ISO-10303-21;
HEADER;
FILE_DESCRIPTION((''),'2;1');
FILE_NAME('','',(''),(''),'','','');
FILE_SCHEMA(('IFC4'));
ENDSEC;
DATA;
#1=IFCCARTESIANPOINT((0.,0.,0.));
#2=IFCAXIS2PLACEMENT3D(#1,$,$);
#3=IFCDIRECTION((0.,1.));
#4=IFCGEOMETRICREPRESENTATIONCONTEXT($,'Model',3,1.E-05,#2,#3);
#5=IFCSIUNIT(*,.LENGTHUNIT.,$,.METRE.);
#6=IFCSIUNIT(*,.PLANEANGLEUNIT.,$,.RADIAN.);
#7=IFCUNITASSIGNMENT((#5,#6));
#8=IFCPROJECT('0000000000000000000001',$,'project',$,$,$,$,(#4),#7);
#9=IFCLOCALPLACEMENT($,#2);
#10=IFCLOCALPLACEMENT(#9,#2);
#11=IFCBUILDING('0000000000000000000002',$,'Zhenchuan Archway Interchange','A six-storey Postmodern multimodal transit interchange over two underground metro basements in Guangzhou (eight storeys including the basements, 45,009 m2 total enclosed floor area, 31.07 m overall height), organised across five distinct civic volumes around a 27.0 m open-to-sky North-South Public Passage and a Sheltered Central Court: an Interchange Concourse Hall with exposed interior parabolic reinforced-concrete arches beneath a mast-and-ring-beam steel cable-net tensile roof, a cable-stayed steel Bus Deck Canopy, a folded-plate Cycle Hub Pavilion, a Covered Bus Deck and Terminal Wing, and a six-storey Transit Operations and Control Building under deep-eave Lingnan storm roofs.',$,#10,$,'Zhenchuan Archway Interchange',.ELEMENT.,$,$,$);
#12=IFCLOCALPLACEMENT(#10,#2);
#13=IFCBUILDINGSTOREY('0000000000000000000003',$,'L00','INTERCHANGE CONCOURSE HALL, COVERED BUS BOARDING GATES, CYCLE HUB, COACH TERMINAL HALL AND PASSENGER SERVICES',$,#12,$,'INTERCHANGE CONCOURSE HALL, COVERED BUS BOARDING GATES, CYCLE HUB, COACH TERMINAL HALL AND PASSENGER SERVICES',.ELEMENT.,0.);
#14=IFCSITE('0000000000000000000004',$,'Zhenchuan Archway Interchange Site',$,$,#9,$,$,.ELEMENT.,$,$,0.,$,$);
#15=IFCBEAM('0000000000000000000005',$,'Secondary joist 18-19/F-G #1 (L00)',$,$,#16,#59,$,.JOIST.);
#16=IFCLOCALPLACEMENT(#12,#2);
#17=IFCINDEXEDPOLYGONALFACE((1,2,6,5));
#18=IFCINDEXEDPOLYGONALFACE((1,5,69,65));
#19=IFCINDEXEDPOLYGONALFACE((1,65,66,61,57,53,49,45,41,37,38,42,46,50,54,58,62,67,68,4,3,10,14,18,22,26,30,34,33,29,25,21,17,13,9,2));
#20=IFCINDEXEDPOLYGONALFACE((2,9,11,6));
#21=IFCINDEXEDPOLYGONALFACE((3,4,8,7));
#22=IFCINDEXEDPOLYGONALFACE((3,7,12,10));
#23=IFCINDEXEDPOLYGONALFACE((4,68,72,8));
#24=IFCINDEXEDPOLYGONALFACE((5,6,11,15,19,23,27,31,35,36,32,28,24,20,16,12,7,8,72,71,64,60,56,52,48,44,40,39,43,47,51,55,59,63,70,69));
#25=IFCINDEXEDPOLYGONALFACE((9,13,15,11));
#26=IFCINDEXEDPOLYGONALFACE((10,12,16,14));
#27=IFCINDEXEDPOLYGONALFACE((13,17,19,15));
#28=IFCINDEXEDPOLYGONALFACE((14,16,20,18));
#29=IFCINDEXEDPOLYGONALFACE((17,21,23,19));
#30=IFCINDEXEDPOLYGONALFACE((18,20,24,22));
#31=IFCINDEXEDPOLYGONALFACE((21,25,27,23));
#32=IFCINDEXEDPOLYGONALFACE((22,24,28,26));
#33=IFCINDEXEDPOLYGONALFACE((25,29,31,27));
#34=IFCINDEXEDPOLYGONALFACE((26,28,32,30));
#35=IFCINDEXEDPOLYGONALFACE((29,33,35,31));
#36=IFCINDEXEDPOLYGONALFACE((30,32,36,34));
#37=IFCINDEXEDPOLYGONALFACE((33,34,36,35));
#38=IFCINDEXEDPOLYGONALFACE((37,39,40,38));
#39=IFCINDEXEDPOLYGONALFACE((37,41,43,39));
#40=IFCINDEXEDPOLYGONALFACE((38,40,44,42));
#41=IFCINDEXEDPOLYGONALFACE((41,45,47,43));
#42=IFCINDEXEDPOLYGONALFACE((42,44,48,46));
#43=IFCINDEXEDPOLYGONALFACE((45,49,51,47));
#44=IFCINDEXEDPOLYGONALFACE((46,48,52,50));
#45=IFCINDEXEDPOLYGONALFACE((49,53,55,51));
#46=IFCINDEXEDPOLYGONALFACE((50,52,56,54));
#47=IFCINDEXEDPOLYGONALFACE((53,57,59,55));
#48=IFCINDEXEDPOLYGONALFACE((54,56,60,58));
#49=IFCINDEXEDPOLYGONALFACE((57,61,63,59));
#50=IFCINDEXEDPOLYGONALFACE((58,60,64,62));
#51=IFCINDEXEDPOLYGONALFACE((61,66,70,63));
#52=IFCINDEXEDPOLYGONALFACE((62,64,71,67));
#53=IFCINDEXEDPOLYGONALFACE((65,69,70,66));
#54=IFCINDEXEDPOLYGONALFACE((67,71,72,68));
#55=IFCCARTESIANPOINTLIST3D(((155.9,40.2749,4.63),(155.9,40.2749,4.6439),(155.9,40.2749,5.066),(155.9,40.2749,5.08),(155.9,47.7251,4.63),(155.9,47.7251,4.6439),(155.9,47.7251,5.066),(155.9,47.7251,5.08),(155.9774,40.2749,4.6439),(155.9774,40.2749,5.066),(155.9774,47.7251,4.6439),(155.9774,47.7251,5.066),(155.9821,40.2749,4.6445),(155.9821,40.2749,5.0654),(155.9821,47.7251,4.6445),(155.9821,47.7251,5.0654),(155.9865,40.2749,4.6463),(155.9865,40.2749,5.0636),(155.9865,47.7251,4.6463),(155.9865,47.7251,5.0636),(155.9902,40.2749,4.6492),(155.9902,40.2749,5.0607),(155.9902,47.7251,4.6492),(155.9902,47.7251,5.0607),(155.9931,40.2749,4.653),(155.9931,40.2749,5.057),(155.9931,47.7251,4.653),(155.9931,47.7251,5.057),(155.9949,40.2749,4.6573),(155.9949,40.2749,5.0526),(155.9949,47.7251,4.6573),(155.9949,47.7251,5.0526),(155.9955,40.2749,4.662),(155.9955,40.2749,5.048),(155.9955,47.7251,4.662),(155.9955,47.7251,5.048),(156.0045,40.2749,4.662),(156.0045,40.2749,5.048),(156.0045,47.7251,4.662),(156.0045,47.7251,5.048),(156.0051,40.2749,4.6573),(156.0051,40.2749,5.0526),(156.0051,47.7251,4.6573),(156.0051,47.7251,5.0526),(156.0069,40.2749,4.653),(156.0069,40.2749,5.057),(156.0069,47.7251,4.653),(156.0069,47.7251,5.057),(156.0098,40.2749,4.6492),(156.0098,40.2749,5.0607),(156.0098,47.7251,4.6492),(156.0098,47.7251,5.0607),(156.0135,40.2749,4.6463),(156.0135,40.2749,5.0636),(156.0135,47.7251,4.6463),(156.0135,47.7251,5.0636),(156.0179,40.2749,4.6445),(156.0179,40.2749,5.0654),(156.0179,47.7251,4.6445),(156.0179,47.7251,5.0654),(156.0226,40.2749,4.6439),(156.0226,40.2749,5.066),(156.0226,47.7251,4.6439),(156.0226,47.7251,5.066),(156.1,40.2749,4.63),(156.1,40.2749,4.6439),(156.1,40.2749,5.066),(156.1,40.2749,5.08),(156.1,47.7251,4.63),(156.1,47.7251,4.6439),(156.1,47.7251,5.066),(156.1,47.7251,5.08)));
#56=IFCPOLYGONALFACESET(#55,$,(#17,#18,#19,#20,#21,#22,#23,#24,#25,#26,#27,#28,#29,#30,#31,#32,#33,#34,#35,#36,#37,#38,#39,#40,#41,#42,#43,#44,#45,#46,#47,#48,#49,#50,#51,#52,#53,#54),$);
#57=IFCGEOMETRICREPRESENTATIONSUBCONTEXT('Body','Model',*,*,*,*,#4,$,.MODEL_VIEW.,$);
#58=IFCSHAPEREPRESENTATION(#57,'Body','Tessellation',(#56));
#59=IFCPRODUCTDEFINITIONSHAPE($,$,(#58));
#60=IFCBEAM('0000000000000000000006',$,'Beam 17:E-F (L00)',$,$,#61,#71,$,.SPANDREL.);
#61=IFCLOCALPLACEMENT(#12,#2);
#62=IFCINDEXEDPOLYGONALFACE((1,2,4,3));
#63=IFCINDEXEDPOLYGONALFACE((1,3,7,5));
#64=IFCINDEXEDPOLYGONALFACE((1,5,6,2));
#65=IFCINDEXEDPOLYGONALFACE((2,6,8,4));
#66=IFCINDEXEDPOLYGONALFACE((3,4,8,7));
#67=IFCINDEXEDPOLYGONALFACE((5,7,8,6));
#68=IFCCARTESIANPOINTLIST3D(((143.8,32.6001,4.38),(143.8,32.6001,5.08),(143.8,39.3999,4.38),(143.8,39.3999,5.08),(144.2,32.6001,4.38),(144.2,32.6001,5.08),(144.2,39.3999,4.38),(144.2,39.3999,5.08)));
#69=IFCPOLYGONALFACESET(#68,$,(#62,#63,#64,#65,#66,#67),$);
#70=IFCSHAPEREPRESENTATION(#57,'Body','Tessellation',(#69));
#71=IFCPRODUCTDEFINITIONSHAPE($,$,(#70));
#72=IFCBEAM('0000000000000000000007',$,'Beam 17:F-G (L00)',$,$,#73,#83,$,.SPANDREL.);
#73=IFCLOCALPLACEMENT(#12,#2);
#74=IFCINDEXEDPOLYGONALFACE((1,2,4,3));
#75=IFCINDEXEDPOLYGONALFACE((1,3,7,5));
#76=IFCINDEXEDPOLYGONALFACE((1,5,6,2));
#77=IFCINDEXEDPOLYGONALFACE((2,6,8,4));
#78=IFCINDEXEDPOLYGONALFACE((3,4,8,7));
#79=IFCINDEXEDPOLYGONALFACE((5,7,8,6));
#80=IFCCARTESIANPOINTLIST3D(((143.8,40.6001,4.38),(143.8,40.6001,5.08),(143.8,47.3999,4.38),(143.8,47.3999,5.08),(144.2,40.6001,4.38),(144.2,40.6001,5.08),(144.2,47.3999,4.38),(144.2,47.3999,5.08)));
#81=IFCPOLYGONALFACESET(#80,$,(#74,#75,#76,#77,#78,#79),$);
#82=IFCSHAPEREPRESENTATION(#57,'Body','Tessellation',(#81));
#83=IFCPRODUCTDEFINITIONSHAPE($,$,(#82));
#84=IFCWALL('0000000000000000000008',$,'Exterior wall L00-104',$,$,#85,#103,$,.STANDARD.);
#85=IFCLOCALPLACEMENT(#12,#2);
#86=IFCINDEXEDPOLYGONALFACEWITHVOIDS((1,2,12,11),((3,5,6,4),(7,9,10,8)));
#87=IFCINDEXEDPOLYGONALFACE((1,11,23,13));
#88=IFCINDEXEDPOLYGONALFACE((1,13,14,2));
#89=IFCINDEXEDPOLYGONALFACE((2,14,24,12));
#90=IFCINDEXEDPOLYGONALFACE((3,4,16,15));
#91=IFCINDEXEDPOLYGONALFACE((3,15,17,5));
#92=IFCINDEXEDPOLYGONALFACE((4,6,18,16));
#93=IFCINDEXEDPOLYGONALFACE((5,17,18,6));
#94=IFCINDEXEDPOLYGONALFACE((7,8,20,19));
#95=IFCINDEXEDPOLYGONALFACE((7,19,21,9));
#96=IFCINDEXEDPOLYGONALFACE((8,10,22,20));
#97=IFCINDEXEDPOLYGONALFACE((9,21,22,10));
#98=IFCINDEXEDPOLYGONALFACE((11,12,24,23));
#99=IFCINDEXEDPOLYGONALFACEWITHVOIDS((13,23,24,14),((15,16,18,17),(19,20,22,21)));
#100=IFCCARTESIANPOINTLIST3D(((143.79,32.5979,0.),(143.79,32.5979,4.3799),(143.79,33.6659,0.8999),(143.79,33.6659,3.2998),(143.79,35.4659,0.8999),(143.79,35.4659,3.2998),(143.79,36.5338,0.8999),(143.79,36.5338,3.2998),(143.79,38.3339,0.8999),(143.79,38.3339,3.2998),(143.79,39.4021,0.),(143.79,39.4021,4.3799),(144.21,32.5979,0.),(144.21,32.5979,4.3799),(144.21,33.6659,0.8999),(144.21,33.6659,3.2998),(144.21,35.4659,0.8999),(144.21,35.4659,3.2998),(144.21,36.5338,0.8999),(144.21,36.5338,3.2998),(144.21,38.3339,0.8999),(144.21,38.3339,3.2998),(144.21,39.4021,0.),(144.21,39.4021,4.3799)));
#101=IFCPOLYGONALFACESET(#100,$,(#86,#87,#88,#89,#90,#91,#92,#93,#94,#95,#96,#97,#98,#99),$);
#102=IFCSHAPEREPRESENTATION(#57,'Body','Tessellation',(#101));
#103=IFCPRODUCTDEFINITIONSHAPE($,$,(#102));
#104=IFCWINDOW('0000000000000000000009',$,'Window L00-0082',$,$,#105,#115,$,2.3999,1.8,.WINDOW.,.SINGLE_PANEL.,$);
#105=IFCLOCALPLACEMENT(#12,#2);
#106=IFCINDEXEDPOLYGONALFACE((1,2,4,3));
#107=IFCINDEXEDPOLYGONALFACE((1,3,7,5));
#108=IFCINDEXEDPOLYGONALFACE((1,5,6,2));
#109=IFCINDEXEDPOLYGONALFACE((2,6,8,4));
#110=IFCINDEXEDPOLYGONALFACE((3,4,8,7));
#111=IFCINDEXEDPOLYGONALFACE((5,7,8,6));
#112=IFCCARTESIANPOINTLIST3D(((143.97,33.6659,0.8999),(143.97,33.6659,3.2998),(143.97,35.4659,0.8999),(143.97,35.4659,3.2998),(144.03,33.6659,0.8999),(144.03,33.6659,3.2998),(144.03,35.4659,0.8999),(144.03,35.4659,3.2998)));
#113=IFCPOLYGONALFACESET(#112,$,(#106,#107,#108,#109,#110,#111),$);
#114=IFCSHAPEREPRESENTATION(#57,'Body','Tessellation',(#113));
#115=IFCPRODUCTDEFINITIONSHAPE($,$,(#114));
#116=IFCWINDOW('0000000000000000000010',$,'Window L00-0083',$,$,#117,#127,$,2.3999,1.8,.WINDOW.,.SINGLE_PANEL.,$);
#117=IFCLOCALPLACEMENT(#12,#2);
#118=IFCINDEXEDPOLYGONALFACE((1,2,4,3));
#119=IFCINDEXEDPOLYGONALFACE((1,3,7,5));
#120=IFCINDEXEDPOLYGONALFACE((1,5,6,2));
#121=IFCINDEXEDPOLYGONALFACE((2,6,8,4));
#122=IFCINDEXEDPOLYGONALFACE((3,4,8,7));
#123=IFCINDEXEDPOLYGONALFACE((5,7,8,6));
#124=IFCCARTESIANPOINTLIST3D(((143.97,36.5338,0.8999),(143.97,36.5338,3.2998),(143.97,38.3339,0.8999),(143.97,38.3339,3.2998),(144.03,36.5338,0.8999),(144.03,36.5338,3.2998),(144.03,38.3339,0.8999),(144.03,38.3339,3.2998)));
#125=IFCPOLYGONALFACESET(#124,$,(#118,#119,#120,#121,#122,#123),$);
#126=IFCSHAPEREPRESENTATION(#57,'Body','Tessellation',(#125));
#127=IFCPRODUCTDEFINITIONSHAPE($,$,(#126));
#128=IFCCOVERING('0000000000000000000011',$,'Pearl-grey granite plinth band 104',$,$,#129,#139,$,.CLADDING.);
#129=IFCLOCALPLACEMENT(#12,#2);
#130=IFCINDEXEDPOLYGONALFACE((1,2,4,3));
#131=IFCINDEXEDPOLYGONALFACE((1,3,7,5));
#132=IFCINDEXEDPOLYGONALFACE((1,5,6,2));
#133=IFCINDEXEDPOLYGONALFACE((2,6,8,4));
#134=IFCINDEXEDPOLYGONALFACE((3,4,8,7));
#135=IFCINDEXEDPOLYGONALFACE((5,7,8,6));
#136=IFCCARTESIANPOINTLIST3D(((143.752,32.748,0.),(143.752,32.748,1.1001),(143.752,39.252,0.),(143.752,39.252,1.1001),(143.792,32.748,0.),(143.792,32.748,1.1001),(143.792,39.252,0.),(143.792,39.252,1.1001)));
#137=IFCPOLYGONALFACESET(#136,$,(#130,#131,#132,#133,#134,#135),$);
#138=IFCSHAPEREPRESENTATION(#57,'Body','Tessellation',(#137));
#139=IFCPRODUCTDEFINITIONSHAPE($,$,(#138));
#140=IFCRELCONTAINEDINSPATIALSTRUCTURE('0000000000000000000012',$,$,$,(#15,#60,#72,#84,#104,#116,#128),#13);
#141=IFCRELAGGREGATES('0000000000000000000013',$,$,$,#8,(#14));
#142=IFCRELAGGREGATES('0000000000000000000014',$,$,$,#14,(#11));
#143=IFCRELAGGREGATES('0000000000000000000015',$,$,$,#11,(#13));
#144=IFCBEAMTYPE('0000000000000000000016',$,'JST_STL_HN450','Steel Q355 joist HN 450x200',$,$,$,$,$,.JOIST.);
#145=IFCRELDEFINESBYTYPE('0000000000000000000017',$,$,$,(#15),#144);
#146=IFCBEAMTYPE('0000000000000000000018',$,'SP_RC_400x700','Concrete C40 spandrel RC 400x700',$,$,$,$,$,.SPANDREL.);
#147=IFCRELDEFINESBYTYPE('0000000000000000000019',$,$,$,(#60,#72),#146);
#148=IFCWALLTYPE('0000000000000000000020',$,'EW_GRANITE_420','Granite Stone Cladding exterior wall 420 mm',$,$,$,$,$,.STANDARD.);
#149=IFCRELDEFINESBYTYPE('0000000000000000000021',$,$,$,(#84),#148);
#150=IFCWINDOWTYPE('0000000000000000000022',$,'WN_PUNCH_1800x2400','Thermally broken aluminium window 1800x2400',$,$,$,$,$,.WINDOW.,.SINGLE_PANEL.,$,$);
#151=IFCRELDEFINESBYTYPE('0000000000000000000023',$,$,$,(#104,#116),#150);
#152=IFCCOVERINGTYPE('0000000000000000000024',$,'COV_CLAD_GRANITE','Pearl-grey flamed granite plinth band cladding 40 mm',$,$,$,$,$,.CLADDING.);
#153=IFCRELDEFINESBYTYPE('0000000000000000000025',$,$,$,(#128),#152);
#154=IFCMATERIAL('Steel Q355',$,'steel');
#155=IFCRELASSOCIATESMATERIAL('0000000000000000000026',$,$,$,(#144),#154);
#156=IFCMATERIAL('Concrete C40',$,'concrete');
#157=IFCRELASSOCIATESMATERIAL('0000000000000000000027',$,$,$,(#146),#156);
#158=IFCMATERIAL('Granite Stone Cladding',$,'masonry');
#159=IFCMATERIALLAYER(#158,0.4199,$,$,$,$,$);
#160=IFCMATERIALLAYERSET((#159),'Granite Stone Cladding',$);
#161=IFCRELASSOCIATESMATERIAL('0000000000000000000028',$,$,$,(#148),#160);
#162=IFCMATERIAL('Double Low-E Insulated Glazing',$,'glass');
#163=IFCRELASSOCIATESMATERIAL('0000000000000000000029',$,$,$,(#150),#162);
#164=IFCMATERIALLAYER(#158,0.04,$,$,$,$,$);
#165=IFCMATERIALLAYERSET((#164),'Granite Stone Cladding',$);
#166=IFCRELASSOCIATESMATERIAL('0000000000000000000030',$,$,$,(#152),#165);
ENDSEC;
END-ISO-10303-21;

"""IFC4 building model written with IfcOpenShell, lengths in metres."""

from ifc_helpers import new_model, si_unit, direction, frame, frame_2d, origin, origin_2d, place, context, subcontext, project, spatial, rectangle, i_section, extrude, material, layer, layer_set, material_profile, profile_set, type_object, element, fill, save


model = new_model("IFC4")

# Units and contexts
model_context = context("Model", 3, precision=1e-05, world=origin(), true_north=direction((0.0, 1.0)))
body_context = subcontext(model_context, "Body", "Model", "MODEL_VIEW")
ifc_project = project(units=[si_unit("LENGTHUNIT", "METRE"), si_unit("PLANEANGLEUNIT", "RADIAN")], contexts=[model_context])

# Site, building, storey
site_placement = place(None, origin())
site = spatial("IfcSite", under=ifc_project, at=site_placement, Name="Zhenchuan Archway Interchange Site", CompositionType="ELEMENT", RefElevation=0.0)
building_placement = place(site_placement, origin())
building = spatial("IfcBuilding", under=site, at=building_placement, Name="Zhenchuan Archway Interchange", Description="A six-storey Postmodern multimodal transit interchange over two underground metro basements in Guangzhou (eight storeys including the basements, 45,009 m2 total enclosed floor area, 31.07 m overall height), organised across five distinct civic volumes around a 27.0 m open-to-sky North-South Public Passage and a Sheltered Central Court: an Interchange Concourse Hall with exposed interior parabolic reinforced-concrete arches beneath a mast-and-ring-beam steel cable-net tensile roof, a cable-stayed steel Bus Deck Canopy, a folded-plate Cycle Hub Pavilion, a Covered Bus Deck and Terminal Wing, and a six-storey Transit Operations and Control Building under deep-eave Lingnan storm roofs.", LongName="Zhenchuan Archway Interchange", CompositionType="ELEMENT")
storey_placement = place(building_placement, origin())
storey = spatial("IfcBuildingStorey", under=building, at=storey_placement, Name="L00", Description="INTERCHANGE CONCOURSE HALL, COVERED BUS BOARDING GATES, CYCLE HUB, COACH TERMINAL HALL AND PASSENGER SERVICES", LongName="INTERCHANGE CONCOURSE HALL, COVERED BUS BOARDING GATES, CYCLE HUB, COACH TERMINAL HALL AND PASSENGER SERVICES", CompositionType="ELEMENT", Elevation=0.0)

# Shared definitions
ifc_material_1 = material(Name="Concrete C40", Category="concrete")

# Beams
ifc_material_2 = material(Name="Steel Q355", Category="steel")
ifc_material_profile_1 = material_profile(ifc_material_2, i_section(OverallWidth=0.2, OverallDepth=0.45, WebThickness=0.009, FlangeThickness=0.0139, FilletRadius=0.0181, at=origin_2d()), Name="HN 450x200")
ifc_profile_set_1 = profile_set([ifc_material_profile_1], Name="Steel Q355")
beam_type_1 = type_object("IfcBeamType", Name="JST_STL_HN450", Description="Steel Q355 joist HN 450x200", PredefinedType="JOIST", material=ifc_profile_set_1)
beam_1_placement = place(storey_placement, frame((156.0, 40.2749, 4.855), z_axis=(0.0, 1.0, 0.0), x_axis=(-1.0, 0.0, 0.0)))
element("IfcBeam", 1, at=beam_1_placement, inside=storey, type_object=beam_type_1, Name="Secondary joist 18-19/F-G #1 (L00)", PredefinedType="JOIST", context=body_context, shape_type="SweptSolid", body=[
    extrude(i_section(OverallWidth=0.2, OverallDepth=0.45, WebThickness=0.009, FlangeThickness=0.0139, FilletRadius=0.0181, at=origin_2d()), origin(), (0.0, 0.0, 1.0), 7.4502),
])
ifc_material_profile_2 = material_profile(ifc_material_1, rectangle(XDim=0.3999, YDim=0.7, at=origin_2d()), Name="RC 400x700")
ifc_profile_set_2 = profile_set([ifc_material_profile_2], Name="Concrete C40")
beam_type_2 = type_object("IfcBeamType", Name="SP_RC_400x700", Description="Concrete C40 spandrel RC 400x700", PredefinedType="SPANDREL", material=ifc_profile_set_2)
for number, where, z_axis, x_axis, name in (
    (2, (144.0, 32.6001, 4.73), (0.0, 1.0, 0.0), (-1.0, 0.0, 0.0), "Beam 17:E-F (L00)"),
    (3, (144.0, 40.6001, 4.73), (0.0, 1.0, 0.0), (-1.0, 0.0, 0.0), "Beam 17:F-G (L00)"),
):
    element("IfcBeam", number, at=place(storey_placement, frame(where, z_axis=z_axis, x_axis=x_axis)), inside=storey, type_object=beam_type_2, Name=name, PredefinedType="SPANDREL", context=body_context, shape_type="SweptSolid", body=[
        extrude(rectangle(XDim=0.3999, YDim=0.7, at=origin_2d()), origin(), (0.0, 0.0, 1.0), 6.7998),
    ])

# Wall, openings, windows
ifc_material_3 = material(Name="Granite Stone Cladding", Category="masonry")
ifc_layer_1 = layer(ifc_material_3, 0.4199)
ifc_layer_set_1 = layer_set([ifc_layer_1], Name="Granite Stone Cladding")
wall_type = type_object("IfcWallType", Name="EW_GRANITE_420", Description="Granite Stone Cladding exterior wall 420 mm", PredefinedType="STANDARD", material=ifc_layer_set_1)
wall_placement = place(storey_placement, frame((144.0, 32.5979, 0.0), z_axis=(0.0, 0.0, 1.0), x_axis=(0.0, 1.0, 0.0)))
wall = element("IfcWall", 4, at=wall_placement, inside=storey, type_object=wall_type, Name="Exterior wall L00-104", PredefinedType="STANDARD", context=body_context, shape_type="SweptSolid", body=[
    extrude(rectangle(XDim=6.8042, YDim=0.4199, at=frame_2d((3.4021, 0.0))), origin(), (0.0, 0.0, 1.0), 4.3799),
])
opening_1_placement = place(wall_placement, frame((1.0681, 0.0, 0.8999)))
opening_1 = element("IfcOpeningElement", 5, at=opening_1_placement, cuts=wall, PredefinedType="OPENING", context=body_context, shape_type="SweptSolid", body=[
    extrude(rectangle(XDim=1.8, YDim=2.3999, at=frame_2d((0.8999, 1.2))), frame((0.0, 0.2219, 0.0), z_axis=(0.0, -1.0, 0.0), x_axis=(1.0, 0.0, 0.0)), (0.0, 0.0, 1.0), 0.4438),
])
opening_2_placement = place(wall_placement, frame((3.936, 0.0, 0.8999)))
opening_2 = element("IfcOpeningElement", 6, at=opening_2_placement, cuts=wall, PredefinedType="OPENING", context=body_context, shape_type="SweptSolid", body=[
    extrude(rectangle(XDim=1.8, YDim=2.3999, at=frame_2d((0.8999, 1.2))), frame((0.0, 0.2219, 0.0), z_axis=(0.0, -1.0, 0.0), x_axis=(1.0, 0.0, 0.0)), (0.0, 0.0, 1.0), 0.4438),
])
ifc_material_4 = material(Name="Double Low-E Insulated Glazing", Category="glass")
window_type = type_object("IfcWindowType", Name="WN_PUNCH_1800x2400", Description="Thermally broken aluminium window 1800x2400", PartitioningType="SINGLE_PANEL", PredefinedType="WINDOW", material=ifc_material_4)
window_1_placement = place(opening_1_placement, origin())
window_1 = element("IfcWindow", 7, at=window_1_placement, inside=storey, type_object=window_type, Name="Window L00-0082", OverallHeight=2.3999, OverallWidth=1.8, PartitioningType="SINGLE_PANEL", PredefinedType="WINDOW", context=body_context, shape_type="SweptSolid", body=[
    extrude(rectangle(XDim=1.8, YDim=2.3999, at=frame_2d((0.8999, 1.2))), frame((0.0, 0.03, 0.0), z_axis=(0.0, -1.0, 0.0), x_axis=(1.0, 0.0, 0.0)), (0.0, 0.0, 1.0), 0.0601),
])
fill(opening_1, window_1)
window_2_placement = place(opening_2_placement, origin())
window_2 = element("IfcWindow", 8, at=window_2_placement, inside=storey, type_object=window_type, Name="Window L00-0083", OverallHeight=2.3999, OverallWidth=1.8, PartitioningType="SINGLE_PANEL", PredefinedType="WINDOW", context=body_context, shape_type="SweptSolid", body=[
    extrude(rectangle(XDim=1.8, YDim=2.3999, at=frame_2d((0.8999, 1.2))), frame((0.0, 0.03, 0.0), z_axis=(0.0, -1.0, 0.0), x_axis=(1.0, 0.0, 0.0)), (0.0, 0.0, 1.0), 0.0601),
])
fill(opening_2, window_2)

# Covering
ifc_layer_2 = layer(ifc_material_3, 0.04)
ifc_layer_set_2 = layer_set([ifc_layer_2], Name="Granite Stone Cladding")
covering_type = type_object("IfcCoveringType", Name="COV_CLAD_GRANITE", Description="Pearl-grey flamed granite plinth band cladding 40 mm", PredefinedType="CLADDING", material=ifc_layer_set_2)
covering_placement = place(storey_placement, frame((143.772, 36.0, 0.0), z_axis=(0.0, 0.0, 1.0), x_axis=(0.0, 1.0, 0.0)))
element("IfcCovering", 9, at=covering_placement, inside=storey, type_object=covering_type, Name="Pearl-grey granite plinth band 104", PredefinedType="CLADDING", context=body_context, shape_type="SweptSolid", body=[
    extrude(rectangle(XDim=6.5039, YDim=0.04, at=origin_2d()), origin(), (0.0, 0.0, 1.0), 1.1001),
])

save(model, "model.ifc")
